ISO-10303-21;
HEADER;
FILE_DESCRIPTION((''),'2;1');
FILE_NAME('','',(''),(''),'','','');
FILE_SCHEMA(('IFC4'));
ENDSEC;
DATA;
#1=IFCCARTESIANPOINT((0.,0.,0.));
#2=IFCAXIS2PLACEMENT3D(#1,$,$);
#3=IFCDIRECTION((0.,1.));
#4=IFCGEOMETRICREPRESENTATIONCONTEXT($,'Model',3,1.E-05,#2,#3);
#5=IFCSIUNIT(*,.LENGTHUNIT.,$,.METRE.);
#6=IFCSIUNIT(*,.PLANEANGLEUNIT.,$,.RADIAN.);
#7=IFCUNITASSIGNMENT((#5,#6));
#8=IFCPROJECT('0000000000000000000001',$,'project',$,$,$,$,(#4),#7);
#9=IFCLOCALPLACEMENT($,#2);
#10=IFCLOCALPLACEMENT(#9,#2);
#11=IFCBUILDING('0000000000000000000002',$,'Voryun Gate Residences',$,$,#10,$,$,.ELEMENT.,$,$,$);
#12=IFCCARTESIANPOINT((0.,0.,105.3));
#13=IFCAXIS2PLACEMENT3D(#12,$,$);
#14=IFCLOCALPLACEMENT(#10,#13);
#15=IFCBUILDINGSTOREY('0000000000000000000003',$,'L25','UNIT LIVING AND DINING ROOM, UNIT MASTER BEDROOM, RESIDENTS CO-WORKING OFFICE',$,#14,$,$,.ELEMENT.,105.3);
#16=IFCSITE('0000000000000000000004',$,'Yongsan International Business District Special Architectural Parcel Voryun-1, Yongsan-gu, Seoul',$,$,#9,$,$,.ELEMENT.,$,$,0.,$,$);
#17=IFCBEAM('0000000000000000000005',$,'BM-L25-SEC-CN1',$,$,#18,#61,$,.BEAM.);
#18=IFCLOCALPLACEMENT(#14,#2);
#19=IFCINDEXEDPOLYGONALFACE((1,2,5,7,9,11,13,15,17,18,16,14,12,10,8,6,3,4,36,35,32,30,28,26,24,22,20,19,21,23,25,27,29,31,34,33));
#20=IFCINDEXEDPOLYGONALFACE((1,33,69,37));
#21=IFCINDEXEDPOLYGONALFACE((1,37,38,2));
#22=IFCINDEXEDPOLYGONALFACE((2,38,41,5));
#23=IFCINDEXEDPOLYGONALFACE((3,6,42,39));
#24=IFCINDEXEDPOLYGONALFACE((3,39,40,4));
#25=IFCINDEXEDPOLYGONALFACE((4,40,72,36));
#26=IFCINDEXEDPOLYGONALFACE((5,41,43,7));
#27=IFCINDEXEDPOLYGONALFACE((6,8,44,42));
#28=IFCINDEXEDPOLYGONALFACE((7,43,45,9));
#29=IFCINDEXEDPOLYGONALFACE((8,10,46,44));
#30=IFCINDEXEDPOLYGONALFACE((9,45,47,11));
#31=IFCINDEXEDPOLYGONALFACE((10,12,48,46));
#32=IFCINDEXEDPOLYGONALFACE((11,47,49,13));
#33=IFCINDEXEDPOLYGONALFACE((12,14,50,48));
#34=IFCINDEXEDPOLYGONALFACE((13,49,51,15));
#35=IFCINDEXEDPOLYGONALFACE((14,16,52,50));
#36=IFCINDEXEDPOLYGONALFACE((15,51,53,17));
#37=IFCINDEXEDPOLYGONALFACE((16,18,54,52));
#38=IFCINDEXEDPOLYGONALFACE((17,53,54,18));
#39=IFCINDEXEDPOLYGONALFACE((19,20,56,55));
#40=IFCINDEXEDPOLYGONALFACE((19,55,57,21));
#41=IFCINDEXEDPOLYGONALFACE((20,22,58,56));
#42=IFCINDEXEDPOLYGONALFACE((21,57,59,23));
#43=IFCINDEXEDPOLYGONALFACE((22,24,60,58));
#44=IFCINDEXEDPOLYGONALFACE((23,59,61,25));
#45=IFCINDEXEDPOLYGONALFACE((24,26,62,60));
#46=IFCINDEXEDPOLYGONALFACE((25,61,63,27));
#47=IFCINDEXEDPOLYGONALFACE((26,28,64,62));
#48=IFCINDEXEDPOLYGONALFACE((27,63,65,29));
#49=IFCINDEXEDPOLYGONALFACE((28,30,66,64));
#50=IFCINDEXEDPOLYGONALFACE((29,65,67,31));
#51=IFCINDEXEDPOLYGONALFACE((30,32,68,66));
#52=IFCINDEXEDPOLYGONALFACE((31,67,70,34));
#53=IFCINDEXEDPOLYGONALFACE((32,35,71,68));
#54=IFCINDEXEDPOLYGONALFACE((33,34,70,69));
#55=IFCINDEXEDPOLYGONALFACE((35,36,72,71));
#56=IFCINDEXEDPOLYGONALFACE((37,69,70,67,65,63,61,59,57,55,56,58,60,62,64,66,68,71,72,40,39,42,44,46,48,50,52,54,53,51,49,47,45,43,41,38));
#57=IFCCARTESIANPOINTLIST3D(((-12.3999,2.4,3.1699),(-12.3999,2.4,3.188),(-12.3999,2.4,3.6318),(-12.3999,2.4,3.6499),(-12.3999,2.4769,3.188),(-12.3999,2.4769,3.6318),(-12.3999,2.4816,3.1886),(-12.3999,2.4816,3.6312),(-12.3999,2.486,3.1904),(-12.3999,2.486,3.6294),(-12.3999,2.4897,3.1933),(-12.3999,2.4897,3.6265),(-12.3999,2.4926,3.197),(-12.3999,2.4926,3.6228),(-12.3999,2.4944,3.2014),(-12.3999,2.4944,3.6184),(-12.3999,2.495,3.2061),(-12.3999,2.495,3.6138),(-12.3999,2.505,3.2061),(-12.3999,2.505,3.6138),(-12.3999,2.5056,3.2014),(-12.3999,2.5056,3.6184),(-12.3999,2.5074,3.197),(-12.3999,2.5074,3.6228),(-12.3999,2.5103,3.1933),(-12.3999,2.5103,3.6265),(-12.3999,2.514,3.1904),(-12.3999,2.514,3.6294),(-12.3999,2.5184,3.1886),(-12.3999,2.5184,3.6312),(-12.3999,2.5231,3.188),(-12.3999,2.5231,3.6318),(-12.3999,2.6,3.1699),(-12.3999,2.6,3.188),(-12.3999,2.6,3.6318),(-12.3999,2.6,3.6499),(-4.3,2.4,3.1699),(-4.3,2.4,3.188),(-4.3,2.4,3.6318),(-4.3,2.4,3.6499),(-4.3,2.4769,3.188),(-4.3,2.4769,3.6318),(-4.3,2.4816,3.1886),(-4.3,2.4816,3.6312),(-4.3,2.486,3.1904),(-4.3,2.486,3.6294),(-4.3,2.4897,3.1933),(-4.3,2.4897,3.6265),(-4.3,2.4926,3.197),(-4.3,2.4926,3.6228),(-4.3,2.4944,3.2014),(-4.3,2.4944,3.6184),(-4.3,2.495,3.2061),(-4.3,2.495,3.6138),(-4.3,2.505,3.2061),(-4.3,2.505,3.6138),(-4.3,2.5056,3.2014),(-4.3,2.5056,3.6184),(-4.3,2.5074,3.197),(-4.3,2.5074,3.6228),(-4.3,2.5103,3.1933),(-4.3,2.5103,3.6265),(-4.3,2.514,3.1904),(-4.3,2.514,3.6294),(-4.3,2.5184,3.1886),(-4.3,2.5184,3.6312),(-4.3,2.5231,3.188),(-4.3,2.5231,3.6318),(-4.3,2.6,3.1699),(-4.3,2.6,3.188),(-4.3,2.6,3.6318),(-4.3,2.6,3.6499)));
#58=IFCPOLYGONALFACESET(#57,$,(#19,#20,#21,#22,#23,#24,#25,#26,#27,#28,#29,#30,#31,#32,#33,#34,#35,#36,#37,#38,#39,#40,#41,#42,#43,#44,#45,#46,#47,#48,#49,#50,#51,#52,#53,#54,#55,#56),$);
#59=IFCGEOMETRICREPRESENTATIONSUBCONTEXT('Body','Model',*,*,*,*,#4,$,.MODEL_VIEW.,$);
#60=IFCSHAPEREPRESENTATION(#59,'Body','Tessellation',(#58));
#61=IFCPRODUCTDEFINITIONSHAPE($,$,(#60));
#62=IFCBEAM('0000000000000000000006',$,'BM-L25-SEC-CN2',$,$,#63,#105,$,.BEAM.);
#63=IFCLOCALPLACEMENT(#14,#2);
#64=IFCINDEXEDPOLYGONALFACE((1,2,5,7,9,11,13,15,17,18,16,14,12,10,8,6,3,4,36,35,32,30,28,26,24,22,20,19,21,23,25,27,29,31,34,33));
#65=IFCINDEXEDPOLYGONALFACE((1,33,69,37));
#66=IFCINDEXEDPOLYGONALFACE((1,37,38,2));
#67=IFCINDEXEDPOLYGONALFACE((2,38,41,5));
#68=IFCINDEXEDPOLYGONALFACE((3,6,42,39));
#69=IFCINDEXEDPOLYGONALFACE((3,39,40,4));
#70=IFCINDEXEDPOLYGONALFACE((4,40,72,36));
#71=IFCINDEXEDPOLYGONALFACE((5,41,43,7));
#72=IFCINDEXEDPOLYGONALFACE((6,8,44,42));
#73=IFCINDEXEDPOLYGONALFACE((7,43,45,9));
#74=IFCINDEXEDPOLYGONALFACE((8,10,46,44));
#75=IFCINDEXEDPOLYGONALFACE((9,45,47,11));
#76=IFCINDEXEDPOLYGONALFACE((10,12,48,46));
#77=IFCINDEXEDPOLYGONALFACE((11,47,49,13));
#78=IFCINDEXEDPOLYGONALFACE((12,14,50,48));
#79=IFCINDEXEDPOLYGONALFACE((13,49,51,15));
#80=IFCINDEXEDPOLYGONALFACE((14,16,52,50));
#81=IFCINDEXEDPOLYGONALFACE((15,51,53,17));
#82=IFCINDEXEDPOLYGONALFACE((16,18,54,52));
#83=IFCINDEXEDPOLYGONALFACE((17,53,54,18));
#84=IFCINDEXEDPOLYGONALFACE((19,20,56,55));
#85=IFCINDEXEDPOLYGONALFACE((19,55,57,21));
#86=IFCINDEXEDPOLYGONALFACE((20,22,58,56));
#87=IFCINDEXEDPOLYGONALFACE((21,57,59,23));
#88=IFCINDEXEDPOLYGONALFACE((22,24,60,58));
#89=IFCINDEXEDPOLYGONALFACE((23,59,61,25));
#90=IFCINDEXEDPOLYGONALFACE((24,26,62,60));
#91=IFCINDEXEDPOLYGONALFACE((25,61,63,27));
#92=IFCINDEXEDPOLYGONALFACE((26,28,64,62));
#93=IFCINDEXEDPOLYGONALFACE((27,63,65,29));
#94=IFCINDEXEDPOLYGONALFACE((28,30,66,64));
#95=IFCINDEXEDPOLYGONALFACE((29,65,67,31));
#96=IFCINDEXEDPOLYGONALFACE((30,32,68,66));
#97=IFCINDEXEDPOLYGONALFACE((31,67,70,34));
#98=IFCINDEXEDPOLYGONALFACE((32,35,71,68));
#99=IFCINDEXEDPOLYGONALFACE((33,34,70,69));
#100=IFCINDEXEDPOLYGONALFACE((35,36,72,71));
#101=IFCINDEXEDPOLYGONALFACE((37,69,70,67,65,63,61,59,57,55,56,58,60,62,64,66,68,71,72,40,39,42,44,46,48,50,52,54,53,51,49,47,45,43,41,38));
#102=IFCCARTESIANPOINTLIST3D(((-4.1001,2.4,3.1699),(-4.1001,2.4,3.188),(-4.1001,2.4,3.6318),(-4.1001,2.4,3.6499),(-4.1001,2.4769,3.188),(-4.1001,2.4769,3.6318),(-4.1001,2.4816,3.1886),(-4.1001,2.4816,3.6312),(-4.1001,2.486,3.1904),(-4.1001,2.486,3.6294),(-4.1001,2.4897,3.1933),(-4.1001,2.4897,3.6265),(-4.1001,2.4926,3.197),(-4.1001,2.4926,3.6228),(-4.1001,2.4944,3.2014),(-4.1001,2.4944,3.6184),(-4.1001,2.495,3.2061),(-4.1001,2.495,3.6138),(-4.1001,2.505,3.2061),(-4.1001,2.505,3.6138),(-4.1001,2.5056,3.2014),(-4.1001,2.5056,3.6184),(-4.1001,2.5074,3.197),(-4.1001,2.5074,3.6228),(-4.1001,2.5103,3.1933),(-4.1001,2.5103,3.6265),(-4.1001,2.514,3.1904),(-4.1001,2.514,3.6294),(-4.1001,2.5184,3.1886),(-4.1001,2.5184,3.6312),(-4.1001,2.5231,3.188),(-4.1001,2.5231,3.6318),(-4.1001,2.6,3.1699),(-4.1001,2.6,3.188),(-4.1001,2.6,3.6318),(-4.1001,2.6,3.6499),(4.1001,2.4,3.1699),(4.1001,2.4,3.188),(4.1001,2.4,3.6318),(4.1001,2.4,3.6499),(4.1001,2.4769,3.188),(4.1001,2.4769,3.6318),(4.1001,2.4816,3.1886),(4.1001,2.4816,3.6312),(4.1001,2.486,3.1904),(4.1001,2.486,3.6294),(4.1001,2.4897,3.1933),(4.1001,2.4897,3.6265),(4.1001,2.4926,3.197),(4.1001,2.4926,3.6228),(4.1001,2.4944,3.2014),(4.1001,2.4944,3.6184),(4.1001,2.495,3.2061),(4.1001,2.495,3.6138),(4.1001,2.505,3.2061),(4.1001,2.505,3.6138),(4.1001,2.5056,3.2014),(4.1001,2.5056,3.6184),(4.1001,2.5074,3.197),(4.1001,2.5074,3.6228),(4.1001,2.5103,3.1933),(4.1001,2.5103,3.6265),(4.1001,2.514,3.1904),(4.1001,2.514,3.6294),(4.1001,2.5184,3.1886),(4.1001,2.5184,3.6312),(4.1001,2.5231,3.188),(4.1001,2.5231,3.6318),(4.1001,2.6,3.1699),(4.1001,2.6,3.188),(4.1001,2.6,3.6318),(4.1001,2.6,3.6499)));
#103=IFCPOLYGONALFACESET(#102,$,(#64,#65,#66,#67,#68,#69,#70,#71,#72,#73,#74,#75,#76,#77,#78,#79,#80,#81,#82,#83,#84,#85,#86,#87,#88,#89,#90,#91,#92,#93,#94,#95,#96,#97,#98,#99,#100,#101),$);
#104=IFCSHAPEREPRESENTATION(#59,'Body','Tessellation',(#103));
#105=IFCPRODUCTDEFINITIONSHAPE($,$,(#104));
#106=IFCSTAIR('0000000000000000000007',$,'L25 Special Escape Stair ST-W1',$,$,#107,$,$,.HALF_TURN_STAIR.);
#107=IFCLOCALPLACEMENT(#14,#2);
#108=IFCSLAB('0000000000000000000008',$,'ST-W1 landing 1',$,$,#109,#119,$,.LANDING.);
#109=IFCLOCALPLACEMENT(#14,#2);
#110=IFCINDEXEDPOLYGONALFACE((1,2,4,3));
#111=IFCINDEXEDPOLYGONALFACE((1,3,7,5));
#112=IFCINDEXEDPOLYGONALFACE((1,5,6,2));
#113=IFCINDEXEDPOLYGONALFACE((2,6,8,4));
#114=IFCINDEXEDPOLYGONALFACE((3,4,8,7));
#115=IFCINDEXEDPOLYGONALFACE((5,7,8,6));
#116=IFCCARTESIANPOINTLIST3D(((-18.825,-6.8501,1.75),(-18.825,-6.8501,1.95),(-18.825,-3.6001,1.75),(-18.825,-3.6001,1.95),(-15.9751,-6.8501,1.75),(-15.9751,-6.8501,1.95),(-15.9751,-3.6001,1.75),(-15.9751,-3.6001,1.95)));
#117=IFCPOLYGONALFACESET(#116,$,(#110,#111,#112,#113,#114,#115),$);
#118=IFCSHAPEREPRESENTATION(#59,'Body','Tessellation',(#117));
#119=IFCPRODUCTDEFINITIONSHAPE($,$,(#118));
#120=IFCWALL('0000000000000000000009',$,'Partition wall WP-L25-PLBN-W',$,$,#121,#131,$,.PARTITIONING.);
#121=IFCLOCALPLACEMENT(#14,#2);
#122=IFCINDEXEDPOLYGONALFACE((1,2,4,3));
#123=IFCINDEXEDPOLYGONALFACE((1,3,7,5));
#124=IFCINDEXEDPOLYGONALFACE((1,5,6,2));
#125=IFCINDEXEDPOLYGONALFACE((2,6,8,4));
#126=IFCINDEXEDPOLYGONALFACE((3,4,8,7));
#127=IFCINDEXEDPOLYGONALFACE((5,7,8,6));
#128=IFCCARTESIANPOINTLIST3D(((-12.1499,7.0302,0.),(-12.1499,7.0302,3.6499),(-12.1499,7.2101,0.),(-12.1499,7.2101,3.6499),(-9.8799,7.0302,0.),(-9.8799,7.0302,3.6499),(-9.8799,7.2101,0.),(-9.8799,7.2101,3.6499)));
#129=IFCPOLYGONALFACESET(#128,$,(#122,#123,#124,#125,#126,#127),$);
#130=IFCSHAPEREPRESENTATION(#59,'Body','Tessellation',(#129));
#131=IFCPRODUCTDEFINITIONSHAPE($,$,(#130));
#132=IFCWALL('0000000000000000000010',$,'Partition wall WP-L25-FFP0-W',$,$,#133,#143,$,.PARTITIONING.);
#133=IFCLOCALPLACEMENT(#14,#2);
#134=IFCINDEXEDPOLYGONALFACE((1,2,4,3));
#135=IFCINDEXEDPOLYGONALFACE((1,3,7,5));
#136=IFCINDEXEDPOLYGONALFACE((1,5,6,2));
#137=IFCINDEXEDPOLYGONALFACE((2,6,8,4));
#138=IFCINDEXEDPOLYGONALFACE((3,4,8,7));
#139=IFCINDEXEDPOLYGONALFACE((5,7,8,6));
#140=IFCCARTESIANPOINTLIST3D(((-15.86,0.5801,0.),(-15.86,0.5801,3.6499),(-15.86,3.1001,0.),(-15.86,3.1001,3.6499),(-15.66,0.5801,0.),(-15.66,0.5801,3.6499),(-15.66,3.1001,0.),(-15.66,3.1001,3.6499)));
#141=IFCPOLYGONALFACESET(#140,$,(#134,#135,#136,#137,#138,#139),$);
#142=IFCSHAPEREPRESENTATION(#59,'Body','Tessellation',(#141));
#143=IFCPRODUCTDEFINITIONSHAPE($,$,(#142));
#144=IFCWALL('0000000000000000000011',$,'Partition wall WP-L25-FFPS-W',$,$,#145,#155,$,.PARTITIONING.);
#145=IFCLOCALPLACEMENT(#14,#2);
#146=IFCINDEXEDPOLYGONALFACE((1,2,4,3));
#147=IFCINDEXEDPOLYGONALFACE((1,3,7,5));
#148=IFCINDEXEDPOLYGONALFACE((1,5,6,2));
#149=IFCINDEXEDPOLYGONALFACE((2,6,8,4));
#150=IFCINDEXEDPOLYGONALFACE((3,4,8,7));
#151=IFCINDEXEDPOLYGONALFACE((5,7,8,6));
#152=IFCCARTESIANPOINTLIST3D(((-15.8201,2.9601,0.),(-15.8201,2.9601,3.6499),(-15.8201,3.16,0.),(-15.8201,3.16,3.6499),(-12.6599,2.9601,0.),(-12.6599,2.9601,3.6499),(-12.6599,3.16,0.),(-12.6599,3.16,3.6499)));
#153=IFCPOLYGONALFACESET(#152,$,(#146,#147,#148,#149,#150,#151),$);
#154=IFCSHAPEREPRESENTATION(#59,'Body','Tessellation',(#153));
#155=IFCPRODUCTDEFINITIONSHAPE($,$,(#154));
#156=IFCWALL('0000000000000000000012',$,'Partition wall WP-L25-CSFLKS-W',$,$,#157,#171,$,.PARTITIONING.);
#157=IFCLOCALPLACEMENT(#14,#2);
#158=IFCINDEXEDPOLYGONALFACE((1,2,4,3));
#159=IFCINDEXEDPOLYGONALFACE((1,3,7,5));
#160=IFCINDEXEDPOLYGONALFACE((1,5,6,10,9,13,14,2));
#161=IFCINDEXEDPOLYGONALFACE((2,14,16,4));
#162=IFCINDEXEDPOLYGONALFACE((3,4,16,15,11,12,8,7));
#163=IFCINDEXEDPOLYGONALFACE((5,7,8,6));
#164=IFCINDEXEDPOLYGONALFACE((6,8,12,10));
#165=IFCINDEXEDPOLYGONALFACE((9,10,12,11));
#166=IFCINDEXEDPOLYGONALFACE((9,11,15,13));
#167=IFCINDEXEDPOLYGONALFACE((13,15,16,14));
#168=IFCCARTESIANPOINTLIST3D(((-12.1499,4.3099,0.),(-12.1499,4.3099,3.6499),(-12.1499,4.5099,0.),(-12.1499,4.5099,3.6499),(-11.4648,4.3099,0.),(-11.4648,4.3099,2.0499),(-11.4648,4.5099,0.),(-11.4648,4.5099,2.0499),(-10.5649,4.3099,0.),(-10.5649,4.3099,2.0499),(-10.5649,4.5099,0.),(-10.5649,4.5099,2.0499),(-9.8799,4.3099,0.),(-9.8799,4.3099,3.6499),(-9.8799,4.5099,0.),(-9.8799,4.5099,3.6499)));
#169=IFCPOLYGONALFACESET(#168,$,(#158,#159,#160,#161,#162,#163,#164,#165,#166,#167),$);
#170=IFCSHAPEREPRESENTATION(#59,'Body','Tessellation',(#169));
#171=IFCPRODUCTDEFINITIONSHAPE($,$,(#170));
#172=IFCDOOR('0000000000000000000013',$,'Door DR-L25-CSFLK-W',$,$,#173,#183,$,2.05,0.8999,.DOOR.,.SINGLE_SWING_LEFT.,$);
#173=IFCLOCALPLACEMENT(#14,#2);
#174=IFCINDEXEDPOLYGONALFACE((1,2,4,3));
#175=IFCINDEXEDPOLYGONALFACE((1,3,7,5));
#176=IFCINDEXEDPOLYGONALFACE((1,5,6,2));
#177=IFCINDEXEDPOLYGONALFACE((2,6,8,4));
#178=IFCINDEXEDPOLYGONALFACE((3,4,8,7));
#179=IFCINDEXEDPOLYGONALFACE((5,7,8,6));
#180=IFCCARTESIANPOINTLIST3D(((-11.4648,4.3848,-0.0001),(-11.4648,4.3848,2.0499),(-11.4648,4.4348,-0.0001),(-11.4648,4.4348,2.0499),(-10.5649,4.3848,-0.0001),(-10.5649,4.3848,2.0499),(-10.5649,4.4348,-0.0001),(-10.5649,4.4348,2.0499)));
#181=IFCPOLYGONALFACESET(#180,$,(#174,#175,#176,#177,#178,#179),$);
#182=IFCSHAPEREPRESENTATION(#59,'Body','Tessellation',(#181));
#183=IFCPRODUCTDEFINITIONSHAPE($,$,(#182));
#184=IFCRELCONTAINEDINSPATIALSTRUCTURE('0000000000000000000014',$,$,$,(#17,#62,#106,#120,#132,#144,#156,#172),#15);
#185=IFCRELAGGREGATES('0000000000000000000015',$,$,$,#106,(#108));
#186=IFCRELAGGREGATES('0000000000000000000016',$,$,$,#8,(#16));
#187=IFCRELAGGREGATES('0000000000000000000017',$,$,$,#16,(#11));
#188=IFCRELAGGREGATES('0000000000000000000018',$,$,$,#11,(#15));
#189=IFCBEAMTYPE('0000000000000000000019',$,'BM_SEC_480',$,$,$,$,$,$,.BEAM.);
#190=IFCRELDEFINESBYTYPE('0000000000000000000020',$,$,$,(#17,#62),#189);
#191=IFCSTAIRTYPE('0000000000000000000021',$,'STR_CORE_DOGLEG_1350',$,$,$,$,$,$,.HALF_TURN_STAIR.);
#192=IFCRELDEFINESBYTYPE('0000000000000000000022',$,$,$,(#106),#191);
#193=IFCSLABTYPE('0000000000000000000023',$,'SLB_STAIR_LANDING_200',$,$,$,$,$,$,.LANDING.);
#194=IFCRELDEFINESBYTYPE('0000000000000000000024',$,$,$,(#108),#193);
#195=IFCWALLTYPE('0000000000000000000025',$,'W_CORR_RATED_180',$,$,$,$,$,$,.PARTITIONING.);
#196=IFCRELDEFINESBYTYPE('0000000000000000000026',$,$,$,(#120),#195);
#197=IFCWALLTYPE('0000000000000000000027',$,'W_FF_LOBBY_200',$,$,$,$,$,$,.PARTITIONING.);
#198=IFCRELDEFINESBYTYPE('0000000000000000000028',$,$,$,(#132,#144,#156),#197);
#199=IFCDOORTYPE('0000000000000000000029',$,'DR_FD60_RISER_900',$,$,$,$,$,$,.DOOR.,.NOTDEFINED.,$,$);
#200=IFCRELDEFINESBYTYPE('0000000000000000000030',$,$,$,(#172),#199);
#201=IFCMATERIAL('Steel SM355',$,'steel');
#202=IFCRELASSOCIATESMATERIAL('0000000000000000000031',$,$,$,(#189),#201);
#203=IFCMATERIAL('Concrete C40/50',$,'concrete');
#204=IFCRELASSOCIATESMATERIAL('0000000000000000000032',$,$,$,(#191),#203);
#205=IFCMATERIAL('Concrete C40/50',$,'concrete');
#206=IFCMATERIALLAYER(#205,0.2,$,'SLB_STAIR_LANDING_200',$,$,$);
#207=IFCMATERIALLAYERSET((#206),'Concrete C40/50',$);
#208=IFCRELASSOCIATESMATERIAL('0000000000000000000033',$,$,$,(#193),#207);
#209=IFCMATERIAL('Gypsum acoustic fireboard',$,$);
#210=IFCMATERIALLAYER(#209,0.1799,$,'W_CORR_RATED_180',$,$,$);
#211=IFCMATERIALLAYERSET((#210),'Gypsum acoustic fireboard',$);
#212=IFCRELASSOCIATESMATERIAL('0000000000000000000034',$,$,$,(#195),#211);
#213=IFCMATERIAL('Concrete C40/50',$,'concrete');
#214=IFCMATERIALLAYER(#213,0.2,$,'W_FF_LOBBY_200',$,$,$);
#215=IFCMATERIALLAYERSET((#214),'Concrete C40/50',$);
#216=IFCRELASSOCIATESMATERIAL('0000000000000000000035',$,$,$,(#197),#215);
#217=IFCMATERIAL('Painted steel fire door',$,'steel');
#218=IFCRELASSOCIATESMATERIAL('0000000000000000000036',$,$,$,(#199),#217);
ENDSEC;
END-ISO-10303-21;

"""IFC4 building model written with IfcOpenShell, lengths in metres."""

from ifc_helpers import new_model, si_unit, direction, frame, frame_2d, origin, origin_2d, place, context, subcontext, project, spatial, polyline, rectangle, i_section, outline, extrude, material, layer, layer_set, material_profile, profile_set, type_object, element, fill, aggregate, save


model = new_model("IFC4")

# Units and contexts
model_context = context("Model", 3, precision=1e-05, world=origin(), true_north=direction((0.0, 1.0)))
body_context = subcontext(model_context, "Body", "Model", "MODEL_VIEW")
ifc_project = project(units=[si_unit("LENGTHUNIT", "METRE"), si_unit("PLANEANGLEUNIT", "RADIAN")], contexts=[model_context])

# Site, building, storey
site_placement = place(None, origin())
site = spatial("IfcSite", under=ifc_project, at=site_placement, Name="Yongsan International Business District Special Architectural Parcel Voryun-1, Yongsan-gu, Seoul", CompositionType="ELEMENT", RefElevation=0.0)
building_placement = place(site_placement, origin())
building = spatial("IfcBuilding", under=site, at=building_placement, Name="Voryun Gate Residences", CompositionType="ELEMENT")
storey_placement = place(building_placement, frame((0.0, 0.0, 105.3)))
storey = spatial("IfcBuildingStorey", under=building, at=storey_placement, Name="L25", Description="UNIT LIVING AND DINING ROOM, UNIT MASTER BEDROOM, RESIDENTS CO-WORKING OFFICE", CompositionType="ELEMENT", Elevation=105.3)

# Beams
ifc_material_1 = material(Name="Steel SM355", Category="steel")
ifc_material_profile_1 = material_profile(ifc_material_1, i_section(OverallWidth=0.2, OverallDepth=0.48, WebThickness=0.01, FlangeThickness=0.0181, FilletRadius=0.0181, at=origin_2d()), Name="H-480x200x10x18")
ifc_profile_set_1 = profile_set([ifc_material_profile_1], Name="Steel SM355")
beam_type_1 = type_object("IfcBeamType", Name="BM_SEC_480", PredefinedType="BEAM", material=ifc_profile_set_1)
beam_1_placement = place(storey_placement, frame((-12.3999, 2.5, 3.4099), z_axis=(1.0, 0.0, 0.0), x_axis=(0.0, 1.0, 0.0)))
element("IfcBeam", 1, at=beam_1_placement, inside=storey, type_object=beam_type_1, Name="BM-L25-SEC-CN1", PredefinedType="BEAM", context=body_context, shape_type="SweptSolid", body=[
    extrude(i_section(OverallWidth=0.2, OverallDepth=0.48, WebThickness=0.01, FlangeThickness=0.0181, FilletRadius=0.0181, at=origin_2d()), origin(), (0.0, 0.0, 1.0), 8.0999),
])
beam_2_placement = place(storey_placement, frame((-4.1001, 2.5, 3.4099), z_axis=(1.0, 0.0, 0.0), x_axis=(0.0, 1.0, 0.0)))
element("IfcBeam", 2, at=beam_2_placement, inside=storey, type_object=beam_type_1, Name="BM-L25-SEC-CN2", PredefinedType="BEAM", context=body_context, shape_type="SweptSolid", body=[
    extrude(i_section(OverallWidth=0.2, OverallDepth=0.48, WebThickness=0.01, FlangeThickness=0.0181, FilletRadius=0.0181, at=origin_2d()), origin(), (0.0, 0.0, 1.0), 8.2002),
])

# Stair, slab
ifc_material_2 = material(Name="Concrete C40/50", Category="concrete")
stair_type = type_object("IfcStairType", Name="STR_CORE_DOGLEG_1350", PredefinedType="HALF_TURN_STAIR", material=ifc_material_2)
stair_placement = place(storey_placement, origin())
stair = element("IfcStair", 3, at=stair_placement, inside=storey, type_object=stair_type, Name="L25 Special Escape Stair ST-W1", PredefinedType="HALF_TURN_STAIR")
ifc_material_3 = material(Name="Concrete C40/50", Category="concrete")
ifc_layer_1 = layer(ifc_material_3, 0.2, Name="SLB_STAIR_LANDING_200")
ifc_layer_set_1 = layer_set([ifc_layer_1], Name="Concrete C40/50")
slab_type = type_object("IfcSlabType", Name="SLB_STAIR_LANDING_200", PredefinedType="LANDING", material=ifc_layer_set_1)
slab_placement = place(storey_placement, frame((0.0, 0.0, 1.75)))
slab = element("IfcSlab", 4, at=slab_placement, type_object=slab_type, Name="ST-W1 landing 1", PredefinedType="LANDING", context=body_context, shape_type="SweptSolid", body=[
    extrude(outline(polyline([(-18.825, -3.6001), (-18.825, -6.8501), (-15.9751, -6.8501), (-15.9751, -3.6001), (-18.825, -3.6001)])), origin(), (0.0, 0.0, 1.0), 0.2),
])
aggregate(stair, [slab])

# Walls
ifc_material_4 = material(Name="Gypsum acoustic fireboard")
ifc_layer_2 = layer(ifc_material_4, 0.1799, Name="W_CORR_RATED_180")
ifc_layer_set_2 = layer_set([ifc_layer_2], Name="Gypsum acoustic fireboard")
wall_type_1 = type_object("IfcWallType", Name="W_CORR_RATED_180", PredefinedType="PARTITIONING", material=ifc_layer_set_2)
wall_1_placement = place(storey_placement, frame((-12.1499, 7.1201, 0.0), z_axis=(0.0, 0.0, 1.0), x_axis=(1.0, 0.0, 0.0)))
element("IfcWall", 5, at=wall_1_placement, inside=storey, type_object=wall_type_1, Name="Partition wall WP-L25-PLBN-W", PredefinedType="PARTITIONING", context=body_context, shape_type="SweptSolid", body=[
    extrude(rectangle(XDim=2.27, YDim=0.1799, at=frame_2d((1.135, 0.0))), origin(), (0.0, 0.0, 1.0), 3.6499),
])
ifc_material_5 = material(Name="Concrete C40/50", Category="concrete")
ifc_layer_3 = layer(ifc_material_5, 0.2, Name="W_FF_LOBBY_200")
ifc_layer_set_3 = layer_set([ifc_layer_3], Name="Concrete C40/50")
wall_type_2 = type_object("IfcWallType", Name="W_FF_LOBBY_200", PredefinedType="PARTITIONING", material=ifc_layer_set_3)
wall_2_placement = place(storey_placement, frame((-15.76, 0.5801, 0.0), z_axis=(0.0, 0.0, 1.0), x_axis=(0.0, 1.0, 0.0)))
element("IfcWall", 6, at=wall_2_placement, inside=storey, type_object=wall_type_2, Name="Partition wall WP-L25-FFP0-W", PredefinedType="PARTITIONING", context=body_context, shape_type="SweptSolid", body=[
    extrude(rectangle(XDim=2.52, YDim=0.2, at=frame_2d((1.26, 0.0))), origin(), (0.0, 0.0, 1.0), 3.6499),
])
wall_3_placement = place(storey_placement, frame((-15.8201, 3.0601, 0.0), z_axis=(0.0, 0.0, 1.0), x_axis=(1.0, 0.0, 0.0)))
element("IfcWall", 7, at=wall_3_placement, inside=storey, type_object=wall_type_2, Name="Partition wall WP-L25-FFPS-W", PredefinedType="PARTITIONING", context=body_context, shape_type="SweptSolid", body=[
    extrude(rectangle(XDim=3.1602, YDim=0.2, at=frame_2d((1.5801, 0.0))), origin(), (0.0, 0.0, 1.0), 3.6499),
])

# Wall, opening, door
wall_4_placement = place(storey_placement, frame((-12.1499, 4.4099, 0.0), z_axis=(0.0, 0.0, 1.0), x_axis=(1.0, 0.0, 0.0)))
wall_4 = element("IfcWall", 8, at=wall_4_placement, inside=storey, type_object=wall_type_2, Name="Partition wall WP-L25-CSFLKS-W", PredefinedType="PARTITIONING", context=body_context, shape_type="SweptSolid", body=[
    extrude(rectangle(XDim=2.27, YDim=0.2, at=frame_2d((1.135, 0.0))), origin(), (0.0, 0.0, 1.0), 3.6499),
])
opening_placement = place(wall_4_placement, frame((0.6851, 0.0, 0.0)))
opening = element("IfcOpeningElement", 9, at=opening_placement, cuts=wall_4, PredefinedType="OPENING", context=body_context, shape_type="SweptSolid", body=[
    extrude(rectangle(XDim=0.8999, YDim=2.05, at=frame_2d((0.45, 1.0249))), frame((0.0, 0.1101, 0.0), z_axis=(0.0, -1.0, 0.0), x_axis=(1.0, 0.0, 0.0)), (0.0, 0.0, 1.0), 0.22),
])
ifc_material_6 = material(Name="Painted steel fire door", Category="steel")
door_type = type_object("IfcDoorType", Name="DR_FD60_RISER_900", OperationType="NOTDEFINED", PredefinedType="DOOR", material=ifc_material_6)
door_placement = place(opening_placement, origin())
door = element("IfcDoor", 10, at=door_placement, inside=storey, type_object=door_type, Name="Door DR-L25-CSFLK-W", OperationType="SINGLE_SWING_LEFT", OverallHeight=2.05, OverallWidth=0.8999, PredefinedType="DOOR", context=body_context, shape_type="SweptSolid", body=[
    extrude(rectangle(XDim=0.8999, YDim=2.05, at=frame_2d((0.45, 1.0249))), frame((0.0, 0.0249, 0.0), z_axis=(0.0, -1.0, 0.0), x_axis=(1.0, 0.0, 0.0)), (0.0, 0.0, 1.0), 0.05),
])
fill(opening, door)

save(model, "model.ifc")
